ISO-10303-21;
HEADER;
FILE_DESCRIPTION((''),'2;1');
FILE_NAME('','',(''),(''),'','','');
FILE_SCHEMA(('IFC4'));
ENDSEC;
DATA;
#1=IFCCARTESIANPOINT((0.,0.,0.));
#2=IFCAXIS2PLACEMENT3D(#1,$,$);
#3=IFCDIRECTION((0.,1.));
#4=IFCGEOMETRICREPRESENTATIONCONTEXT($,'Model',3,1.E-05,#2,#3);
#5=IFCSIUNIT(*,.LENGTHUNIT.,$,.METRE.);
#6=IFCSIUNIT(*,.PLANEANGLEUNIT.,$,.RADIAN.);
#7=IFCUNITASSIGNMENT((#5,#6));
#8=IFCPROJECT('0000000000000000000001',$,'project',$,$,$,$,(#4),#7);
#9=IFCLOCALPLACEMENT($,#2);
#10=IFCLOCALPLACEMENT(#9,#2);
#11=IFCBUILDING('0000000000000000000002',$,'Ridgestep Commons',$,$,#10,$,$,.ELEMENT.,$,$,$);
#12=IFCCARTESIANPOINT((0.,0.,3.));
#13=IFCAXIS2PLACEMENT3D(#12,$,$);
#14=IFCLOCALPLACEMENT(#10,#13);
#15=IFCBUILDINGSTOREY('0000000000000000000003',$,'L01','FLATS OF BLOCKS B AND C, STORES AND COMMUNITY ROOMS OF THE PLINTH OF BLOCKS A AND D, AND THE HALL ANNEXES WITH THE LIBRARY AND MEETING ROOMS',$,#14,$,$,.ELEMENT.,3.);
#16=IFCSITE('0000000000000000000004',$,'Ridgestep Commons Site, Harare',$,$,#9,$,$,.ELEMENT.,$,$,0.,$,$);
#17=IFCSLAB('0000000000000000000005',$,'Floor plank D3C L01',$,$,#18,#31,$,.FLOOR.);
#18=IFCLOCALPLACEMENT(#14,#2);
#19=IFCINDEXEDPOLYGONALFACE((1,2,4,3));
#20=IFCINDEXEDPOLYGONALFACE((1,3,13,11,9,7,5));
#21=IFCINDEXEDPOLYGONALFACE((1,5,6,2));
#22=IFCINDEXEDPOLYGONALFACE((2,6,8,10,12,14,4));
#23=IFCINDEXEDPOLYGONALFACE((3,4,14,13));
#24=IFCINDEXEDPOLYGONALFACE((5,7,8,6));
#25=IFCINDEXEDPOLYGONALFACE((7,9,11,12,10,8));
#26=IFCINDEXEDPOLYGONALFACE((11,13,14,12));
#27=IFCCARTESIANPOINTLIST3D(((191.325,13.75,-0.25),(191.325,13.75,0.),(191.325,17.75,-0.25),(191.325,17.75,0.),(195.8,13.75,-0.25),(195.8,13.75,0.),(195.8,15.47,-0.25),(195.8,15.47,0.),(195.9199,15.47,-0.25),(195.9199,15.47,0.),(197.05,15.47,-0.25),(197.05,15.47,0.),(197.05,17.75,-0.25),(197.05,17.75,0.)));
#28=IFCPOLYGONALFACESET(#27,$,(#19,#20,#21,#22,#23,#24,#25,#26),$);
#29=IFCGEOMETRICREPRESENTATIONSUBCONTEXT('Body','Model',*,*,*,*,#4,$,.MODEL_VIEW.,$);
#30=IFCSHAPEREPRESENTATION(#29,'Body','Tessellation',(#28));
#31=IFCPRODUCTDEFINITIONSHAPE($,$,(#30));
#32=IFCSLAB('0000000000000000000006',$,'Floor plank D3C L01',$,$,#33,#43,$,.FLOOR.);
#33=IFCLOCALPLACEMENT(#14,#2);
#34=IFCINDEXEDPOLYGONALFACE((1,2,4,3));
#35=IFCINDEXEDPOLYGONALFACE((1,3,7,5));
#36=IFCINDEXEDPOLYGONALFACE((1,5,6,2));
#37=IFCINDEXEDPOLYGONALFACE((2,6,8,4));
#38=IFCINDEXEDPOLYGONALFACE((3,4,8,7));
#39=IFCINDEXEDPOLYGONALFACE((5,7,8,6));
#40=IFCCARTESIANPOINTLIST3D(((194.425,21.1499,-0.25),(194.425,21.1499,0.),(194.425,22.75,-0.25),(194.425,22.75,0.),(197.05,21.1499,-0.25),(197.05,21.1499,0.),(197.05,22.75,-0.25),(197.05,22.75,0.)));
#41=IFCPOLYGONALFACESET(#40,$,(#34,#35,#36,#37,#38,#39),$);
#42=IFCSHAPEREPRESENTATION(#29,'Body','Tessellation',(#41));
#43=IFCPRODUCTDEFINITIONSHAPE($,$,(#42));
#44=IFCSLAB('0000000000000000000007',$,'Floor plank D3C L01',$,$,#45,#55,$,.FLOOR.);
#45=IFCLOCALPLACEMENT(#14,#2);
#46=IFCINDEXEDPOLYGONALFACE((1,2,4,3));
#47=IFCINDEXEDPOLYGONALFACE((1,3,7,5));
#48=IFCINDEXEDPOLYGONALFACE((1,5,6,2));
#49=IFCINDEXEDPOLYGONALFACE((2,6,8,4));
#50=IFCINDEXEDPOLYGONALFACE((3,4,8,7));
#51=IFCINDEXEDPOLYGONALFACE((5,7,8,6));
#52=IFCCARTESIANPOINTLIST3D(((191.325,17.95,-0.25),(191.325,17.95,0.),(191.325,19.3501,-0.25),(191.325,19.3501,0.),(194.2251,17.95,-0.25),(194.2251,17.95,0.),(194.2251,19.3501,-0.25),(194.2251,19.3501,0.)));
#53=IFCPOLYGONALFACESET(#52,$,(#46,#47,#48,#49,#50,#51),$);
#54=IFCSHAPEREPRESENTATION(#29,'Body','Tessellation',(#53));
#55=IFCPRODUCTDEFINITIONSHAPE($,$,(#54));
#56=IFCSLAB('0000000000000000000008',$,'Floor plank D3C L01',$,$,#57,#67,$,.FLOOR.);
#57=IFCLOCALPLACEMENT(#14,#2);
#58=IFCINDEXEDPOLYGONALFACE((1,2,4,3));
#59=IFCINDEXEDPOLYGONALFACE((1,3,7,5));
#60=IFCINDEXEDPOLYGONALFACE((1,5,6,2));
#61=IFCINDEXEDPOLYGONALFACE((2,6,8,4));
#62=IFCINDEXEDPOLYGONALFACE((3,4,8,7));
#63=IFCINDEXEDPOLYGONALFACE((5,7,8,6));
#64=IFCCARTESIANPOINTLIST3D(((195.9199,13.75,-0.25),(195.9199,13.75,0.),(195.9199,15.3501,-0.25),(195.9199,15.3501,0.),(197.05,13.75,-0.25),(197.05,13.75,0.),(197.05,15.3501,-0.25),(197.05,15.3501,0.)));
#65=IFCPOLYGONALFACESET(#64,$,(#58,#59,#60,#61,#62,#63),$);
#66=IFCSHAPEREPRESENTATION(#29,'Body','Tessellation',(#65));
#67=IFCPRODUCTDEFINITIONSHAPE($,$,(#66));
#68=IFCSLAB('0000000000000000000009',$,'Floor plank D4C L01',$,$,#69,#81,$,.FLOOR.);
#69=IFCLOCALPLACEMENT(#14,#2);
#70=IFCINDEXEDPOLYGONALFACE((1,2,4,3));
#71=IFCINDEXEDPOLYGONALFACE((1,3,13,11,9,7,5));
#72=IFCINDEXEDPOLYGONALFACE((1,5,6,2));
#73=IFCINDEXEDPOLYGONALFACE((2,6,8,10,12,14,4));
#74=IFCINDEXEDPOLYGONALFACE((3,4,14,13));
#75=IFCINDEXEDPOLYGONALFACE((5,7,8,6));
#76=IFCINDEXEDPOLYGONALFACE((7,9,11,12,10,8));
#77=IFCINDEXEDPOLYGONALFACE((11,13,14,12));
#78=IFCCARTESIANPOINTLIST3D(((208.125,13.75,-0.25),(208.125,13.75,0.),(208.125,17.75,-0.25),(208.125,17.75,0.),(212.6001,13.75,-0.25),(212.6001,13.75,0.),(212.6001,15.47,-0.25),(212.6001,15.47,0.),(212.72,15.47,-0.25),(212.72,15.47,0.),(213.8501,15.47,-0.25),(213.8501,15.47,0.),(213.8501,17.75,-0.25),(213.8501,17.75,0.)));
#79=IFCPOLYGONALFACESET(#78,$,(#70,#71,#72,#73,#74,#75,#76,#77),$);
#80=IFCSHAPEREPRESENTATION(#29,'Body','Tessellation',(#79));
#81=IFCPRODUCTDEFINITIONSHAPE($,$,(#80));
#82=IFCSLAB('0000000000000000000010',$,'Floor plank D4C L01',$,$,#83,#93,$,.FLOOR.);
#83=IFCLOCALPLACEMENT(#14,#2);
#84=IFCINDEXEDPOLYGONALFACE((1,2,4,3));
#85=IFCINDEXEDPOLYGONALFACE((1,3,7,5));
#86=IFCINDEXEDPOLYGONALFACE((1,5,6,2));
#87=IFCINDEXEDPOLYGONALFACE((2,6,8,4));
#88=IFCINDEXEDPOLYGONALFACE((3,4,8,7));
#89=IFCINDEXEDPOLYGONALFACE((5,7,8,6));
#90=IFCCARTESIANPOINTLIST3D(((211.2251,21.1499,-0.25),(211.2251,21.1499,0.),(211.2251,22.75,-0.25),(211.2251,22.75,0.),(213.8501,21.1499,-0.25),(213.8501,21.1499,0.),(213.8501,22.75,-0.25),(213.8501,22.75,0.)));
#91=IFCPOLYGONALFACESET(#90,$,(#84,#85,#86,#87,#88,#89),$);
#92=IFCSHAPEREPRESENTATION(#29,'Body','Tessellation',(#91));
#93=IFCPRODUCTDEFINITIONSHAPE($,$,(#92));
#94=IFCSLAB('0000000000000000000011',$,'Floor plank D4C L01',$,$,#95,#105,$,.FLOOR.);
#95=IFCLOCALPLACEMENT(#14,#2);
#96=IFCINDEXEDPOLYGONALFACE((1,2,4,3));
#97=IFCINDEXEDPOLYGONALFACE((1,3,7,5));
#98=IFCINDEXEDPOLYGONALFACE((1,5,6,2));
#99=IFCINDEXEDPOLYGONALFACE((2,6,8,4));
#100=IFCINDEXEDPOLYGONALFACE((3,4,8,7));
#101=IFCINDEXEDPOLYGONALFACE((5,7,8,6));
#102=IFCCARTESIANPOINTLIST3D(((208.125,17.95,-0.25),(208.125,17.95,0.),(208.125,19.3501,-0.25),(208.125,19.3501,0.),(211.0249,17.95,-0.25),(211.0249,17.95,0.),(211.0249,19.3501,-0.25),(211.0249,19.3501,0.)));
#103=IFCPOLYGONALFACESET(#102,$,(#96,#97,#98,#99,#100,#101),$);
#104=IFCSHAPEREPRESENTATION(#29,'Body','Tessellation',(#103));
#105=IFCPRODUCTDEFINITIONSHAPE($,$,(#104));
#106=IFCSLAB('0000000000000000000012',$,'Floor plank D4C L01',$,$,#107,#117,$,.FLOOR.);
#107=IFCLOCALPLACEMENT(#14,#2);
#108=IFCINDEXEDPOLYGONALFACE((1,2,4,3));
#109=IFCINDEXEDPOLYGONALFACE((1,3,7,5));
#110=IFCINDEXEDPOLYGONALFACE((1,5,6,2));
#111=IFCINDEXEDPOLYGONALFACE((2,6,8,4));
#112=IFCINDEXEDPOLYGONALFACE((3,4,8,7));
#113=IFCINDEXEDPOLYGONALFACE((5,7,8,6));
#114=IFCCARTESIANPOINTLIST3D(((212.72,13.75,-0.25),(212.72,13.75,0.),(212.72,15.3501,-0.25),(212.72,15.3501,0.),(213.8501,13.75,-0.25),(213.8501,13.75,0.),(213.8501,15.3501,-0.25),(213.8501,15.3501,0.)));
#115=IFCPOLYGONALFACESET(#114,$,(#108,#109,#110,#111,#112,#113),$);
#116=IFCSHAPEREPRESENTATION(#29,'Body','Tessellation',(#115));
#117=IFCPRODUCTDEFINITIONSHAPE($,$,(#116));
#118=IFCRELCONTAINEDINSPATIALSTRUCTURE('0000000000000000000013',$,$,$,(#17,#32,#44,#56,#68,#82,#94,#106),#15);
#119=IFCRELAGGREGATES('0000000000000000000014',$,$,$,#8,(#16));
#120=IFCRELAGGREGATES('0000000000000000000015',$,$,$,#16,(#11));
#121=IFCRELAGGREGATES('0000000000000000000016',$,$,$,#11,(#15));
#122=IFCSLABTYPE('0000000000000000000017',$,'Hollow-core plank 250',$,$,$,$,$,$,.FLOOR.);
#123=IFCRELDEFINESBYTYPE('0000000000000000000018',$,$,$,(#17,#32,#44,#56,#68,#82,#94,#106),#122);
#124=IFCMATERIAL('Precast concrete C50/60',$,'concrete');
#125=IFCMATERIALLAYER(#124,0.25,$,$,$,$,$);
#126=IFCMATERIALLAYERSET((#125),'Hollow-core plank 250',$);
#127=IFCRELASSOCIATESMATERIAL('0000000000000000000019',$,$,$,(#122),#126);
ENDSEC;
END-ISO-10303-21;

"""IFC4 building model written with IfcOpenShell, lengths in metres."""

from ifc_helpers import new_model, si_unit, direction, frame, origin, place, context, subcontext, project, spatial, polyline, outline, extrude, material, layer, layer_set, type_object, element, save


model = new_model("IFC4")

# Units and contexts
model_context = context("Model", 3, precision=1e-05, world=origin(), true_north=direction((0.0, 1.0)))
body_context = subcontext(model_context, "Body", "Model", "MODEL_VIEW")
ifc_project = project(units=[si_unit("LENGTHUNIT", "METRE"), si_unit("PLANEANGLEUNIT", "RADIAN")], contexts=[model_context])

# Site, building, storey
site_placement = place(None, origin())
site = spatial("IfcSite", under=ifc_project, at=site_placement, Name="Ridgestep Commons Site, Harare", CompositionType="ELEMENT", RefElevation=0.0)
building_placement = place(site_placement, origin())
building = spatial("IfcBuilding", under=site, at=building_placement, Name="Ridgestep Commons", CompositionType="ELEMENT")
storey_placement = place(building_placement, frame((0.0, 0.0, 3.0)))
storey = spatial("IfcBuildingStorey", under=building, at=storey_placement, Name="L01", Description="FLATS OF BLOCKS B AND C, STORES AND COMMUNITY ROOMS OF THE PLINTH OF BLOCKS A AND D, AND THE HALL ANNEXES WITH THE LIBRARY AND MEETING ROOMS", CompositionType="ELEMENT", Elevation=3.0)

# Slabs
ifc_material = material(Name="Precast concrete C50/60", Category="concrete")
ifc_layer = layer(ifc_material, 0.25)
ifc_layer_set = layer_set([ifc_layer], Name="Hollow-core plank 250")
slab_type = type_object("IfcSlabType", Name="Hollow-core plank 250", PredefinedType="FLOOR", material=ifc_layer_set)
slab_1_placement = place(storey_placement, frame((0.0, 0.0, -0.25)))
element("IfcSlab", 1, at=slab_1_placement, inside=storey, type_object=slab_type, Name="Floor plank D3C L01", PredefinedType="FLOOR", context=body_context, shape_type="SweptSolid", body=[
    extrude(outline(polyline([(195.9199, 15.47), (197.05, 15.47), (197.05, 17.75), (191.325, 17.75), (191.325, 13.75), (195.8, 13.75), (195.8, 15.47), (195.9199, 15.47)])), origin(), (0.0, 0.0, 1.0), 0.25),
])
slab_2_placement = place(storey_placement, frame((0.0, 0.0, -0.25)))
element("IfcSlab", 2, at=slab_2_placement, inside=storey, type_object=slab_type, Name="Floor plank D3C L01", PredefinedType="FLOOR", context=body_context, shape_type="SweptSolid", body=[
    extrude(outline(polyline([(197.05, 21.1499), (197.05, 22.75), (194.425, 22.75), (194.425, 21.1499), (197.05, 21.1499)])), origin(), (0.0, 0.0, 1.0), 0.25),
])
slab_3_placement = place(storey_placement, frame((0.0, 0.0, -0.25)))
element("IfcSlab", 3, at=slab_3_placement, inside=storey, type_object=slab_type, Name="Floor plank D3C L01", PredefinedType="FLOOR", context=body_context, shape_type="SweptSolid", body=[
    extrude(outline(polyline([(194.2251, 17.95), (194.2251, 19.3501), (191.325, 19.3501), (191.325, 17.95), (194.2251, 17.95)])), origin(), (0.0, 0.0, 1.0), 0.25),
])
slab_4_placement = place(storey_placement, frame((0.0, 0.0, -0.25)))
element("IfcSlab", 4, at=slab_4_placement, inside=storey, type_object=slab_type, Name="Floor plank D3C L01", PredefinedType="FLOOR", context=body_context, shape_type="SweptSolid", body=[
    extrude(outline(polyline([(195.9199, 13.75), (197.05, 13.75), (197.05, 15.3501), (195.9199, 15.3501), (195.9199, 13.75)])), origin(), (0.0, 0.0, 1.0), 0.25),
])
slab_5_placement = place(storey_placement, frame((0.0, 0.0, -0.25)))
element("IfcSlab", 5, at=slab_5_placement, inside=storey, type_object=slab_type, Name="Floor plank D4C L01", PredefinedType="FLOOR", context=body_context, shape_type="SweptSolid", body=[
    extrude(outline(polyline([(212.72, 15.47), (213.8501, 15.47), (213.8501, 17.75), (208.125, 17.75), (208.125, 13.75), (212.6001, 13.75), (212.6001, 15.47), (212.72, 15.47)])), origin(), (0.0, 0.0, 1.0), 0.25),
])
slab_6_placement = place(storey_placement, frame((0.0, 0.0, -0.25)))
element("IfcSlab", 6, at=slab_6_placement, inside=storey, type_object=slab_type, Name="Floor plank D4C L01", PredefinedType="FLOOR", context=body_context, shape_type="SweptSolid", body=[
    extrude(outline(polyline([(213.8501, 21.1499), (213.8501, 22.75), (211.2251, 22.75), (211.2251, 21.1499), (213.8501, 21.1499)])), origin(), (0.0, 0.0, 1.0), 0.25),
])
slab_7_placement = place(storey_placement, frame((0.0, 0.0, -0.25)))
element("IfcSlab", 7, at=slab_7_placement, inside=storey, type_object=slab_type, Name="Floor plank D4C L01", PredefinedType="FLOOR", context=body_context, shape_type="SweptSolid", body=[
    extrude(outline(polyline([(211.0249, 17.95), (211.0249, 19.3501), (208.125, 19.3501), (208.125, 17.95), (211.0249, 17.95)])), origin(), (0.0, 0.0, 1.0), 0.25),
])
slab_8_placement = place(storey_placement, frame((0.0, 0.0, -0.25)))
element("IfcSlab", 8, at=slab_8_placement, inside=storey, type_object=slab_type, Name="Floor plank D4C L01", PredefinedType="FLOOR", context=body_context, shape_type="SweptSolid", body=[
    extrude(outline(polyline([(212.72, 13.75), (213.8501, 13.75), (213.8501, 15.3501), (212.72, 15.3501), (212.72, 13.75)])), origin(), (0.0, 0.0, 1.0), 0.25),
])

save(model, "model.ifc")
